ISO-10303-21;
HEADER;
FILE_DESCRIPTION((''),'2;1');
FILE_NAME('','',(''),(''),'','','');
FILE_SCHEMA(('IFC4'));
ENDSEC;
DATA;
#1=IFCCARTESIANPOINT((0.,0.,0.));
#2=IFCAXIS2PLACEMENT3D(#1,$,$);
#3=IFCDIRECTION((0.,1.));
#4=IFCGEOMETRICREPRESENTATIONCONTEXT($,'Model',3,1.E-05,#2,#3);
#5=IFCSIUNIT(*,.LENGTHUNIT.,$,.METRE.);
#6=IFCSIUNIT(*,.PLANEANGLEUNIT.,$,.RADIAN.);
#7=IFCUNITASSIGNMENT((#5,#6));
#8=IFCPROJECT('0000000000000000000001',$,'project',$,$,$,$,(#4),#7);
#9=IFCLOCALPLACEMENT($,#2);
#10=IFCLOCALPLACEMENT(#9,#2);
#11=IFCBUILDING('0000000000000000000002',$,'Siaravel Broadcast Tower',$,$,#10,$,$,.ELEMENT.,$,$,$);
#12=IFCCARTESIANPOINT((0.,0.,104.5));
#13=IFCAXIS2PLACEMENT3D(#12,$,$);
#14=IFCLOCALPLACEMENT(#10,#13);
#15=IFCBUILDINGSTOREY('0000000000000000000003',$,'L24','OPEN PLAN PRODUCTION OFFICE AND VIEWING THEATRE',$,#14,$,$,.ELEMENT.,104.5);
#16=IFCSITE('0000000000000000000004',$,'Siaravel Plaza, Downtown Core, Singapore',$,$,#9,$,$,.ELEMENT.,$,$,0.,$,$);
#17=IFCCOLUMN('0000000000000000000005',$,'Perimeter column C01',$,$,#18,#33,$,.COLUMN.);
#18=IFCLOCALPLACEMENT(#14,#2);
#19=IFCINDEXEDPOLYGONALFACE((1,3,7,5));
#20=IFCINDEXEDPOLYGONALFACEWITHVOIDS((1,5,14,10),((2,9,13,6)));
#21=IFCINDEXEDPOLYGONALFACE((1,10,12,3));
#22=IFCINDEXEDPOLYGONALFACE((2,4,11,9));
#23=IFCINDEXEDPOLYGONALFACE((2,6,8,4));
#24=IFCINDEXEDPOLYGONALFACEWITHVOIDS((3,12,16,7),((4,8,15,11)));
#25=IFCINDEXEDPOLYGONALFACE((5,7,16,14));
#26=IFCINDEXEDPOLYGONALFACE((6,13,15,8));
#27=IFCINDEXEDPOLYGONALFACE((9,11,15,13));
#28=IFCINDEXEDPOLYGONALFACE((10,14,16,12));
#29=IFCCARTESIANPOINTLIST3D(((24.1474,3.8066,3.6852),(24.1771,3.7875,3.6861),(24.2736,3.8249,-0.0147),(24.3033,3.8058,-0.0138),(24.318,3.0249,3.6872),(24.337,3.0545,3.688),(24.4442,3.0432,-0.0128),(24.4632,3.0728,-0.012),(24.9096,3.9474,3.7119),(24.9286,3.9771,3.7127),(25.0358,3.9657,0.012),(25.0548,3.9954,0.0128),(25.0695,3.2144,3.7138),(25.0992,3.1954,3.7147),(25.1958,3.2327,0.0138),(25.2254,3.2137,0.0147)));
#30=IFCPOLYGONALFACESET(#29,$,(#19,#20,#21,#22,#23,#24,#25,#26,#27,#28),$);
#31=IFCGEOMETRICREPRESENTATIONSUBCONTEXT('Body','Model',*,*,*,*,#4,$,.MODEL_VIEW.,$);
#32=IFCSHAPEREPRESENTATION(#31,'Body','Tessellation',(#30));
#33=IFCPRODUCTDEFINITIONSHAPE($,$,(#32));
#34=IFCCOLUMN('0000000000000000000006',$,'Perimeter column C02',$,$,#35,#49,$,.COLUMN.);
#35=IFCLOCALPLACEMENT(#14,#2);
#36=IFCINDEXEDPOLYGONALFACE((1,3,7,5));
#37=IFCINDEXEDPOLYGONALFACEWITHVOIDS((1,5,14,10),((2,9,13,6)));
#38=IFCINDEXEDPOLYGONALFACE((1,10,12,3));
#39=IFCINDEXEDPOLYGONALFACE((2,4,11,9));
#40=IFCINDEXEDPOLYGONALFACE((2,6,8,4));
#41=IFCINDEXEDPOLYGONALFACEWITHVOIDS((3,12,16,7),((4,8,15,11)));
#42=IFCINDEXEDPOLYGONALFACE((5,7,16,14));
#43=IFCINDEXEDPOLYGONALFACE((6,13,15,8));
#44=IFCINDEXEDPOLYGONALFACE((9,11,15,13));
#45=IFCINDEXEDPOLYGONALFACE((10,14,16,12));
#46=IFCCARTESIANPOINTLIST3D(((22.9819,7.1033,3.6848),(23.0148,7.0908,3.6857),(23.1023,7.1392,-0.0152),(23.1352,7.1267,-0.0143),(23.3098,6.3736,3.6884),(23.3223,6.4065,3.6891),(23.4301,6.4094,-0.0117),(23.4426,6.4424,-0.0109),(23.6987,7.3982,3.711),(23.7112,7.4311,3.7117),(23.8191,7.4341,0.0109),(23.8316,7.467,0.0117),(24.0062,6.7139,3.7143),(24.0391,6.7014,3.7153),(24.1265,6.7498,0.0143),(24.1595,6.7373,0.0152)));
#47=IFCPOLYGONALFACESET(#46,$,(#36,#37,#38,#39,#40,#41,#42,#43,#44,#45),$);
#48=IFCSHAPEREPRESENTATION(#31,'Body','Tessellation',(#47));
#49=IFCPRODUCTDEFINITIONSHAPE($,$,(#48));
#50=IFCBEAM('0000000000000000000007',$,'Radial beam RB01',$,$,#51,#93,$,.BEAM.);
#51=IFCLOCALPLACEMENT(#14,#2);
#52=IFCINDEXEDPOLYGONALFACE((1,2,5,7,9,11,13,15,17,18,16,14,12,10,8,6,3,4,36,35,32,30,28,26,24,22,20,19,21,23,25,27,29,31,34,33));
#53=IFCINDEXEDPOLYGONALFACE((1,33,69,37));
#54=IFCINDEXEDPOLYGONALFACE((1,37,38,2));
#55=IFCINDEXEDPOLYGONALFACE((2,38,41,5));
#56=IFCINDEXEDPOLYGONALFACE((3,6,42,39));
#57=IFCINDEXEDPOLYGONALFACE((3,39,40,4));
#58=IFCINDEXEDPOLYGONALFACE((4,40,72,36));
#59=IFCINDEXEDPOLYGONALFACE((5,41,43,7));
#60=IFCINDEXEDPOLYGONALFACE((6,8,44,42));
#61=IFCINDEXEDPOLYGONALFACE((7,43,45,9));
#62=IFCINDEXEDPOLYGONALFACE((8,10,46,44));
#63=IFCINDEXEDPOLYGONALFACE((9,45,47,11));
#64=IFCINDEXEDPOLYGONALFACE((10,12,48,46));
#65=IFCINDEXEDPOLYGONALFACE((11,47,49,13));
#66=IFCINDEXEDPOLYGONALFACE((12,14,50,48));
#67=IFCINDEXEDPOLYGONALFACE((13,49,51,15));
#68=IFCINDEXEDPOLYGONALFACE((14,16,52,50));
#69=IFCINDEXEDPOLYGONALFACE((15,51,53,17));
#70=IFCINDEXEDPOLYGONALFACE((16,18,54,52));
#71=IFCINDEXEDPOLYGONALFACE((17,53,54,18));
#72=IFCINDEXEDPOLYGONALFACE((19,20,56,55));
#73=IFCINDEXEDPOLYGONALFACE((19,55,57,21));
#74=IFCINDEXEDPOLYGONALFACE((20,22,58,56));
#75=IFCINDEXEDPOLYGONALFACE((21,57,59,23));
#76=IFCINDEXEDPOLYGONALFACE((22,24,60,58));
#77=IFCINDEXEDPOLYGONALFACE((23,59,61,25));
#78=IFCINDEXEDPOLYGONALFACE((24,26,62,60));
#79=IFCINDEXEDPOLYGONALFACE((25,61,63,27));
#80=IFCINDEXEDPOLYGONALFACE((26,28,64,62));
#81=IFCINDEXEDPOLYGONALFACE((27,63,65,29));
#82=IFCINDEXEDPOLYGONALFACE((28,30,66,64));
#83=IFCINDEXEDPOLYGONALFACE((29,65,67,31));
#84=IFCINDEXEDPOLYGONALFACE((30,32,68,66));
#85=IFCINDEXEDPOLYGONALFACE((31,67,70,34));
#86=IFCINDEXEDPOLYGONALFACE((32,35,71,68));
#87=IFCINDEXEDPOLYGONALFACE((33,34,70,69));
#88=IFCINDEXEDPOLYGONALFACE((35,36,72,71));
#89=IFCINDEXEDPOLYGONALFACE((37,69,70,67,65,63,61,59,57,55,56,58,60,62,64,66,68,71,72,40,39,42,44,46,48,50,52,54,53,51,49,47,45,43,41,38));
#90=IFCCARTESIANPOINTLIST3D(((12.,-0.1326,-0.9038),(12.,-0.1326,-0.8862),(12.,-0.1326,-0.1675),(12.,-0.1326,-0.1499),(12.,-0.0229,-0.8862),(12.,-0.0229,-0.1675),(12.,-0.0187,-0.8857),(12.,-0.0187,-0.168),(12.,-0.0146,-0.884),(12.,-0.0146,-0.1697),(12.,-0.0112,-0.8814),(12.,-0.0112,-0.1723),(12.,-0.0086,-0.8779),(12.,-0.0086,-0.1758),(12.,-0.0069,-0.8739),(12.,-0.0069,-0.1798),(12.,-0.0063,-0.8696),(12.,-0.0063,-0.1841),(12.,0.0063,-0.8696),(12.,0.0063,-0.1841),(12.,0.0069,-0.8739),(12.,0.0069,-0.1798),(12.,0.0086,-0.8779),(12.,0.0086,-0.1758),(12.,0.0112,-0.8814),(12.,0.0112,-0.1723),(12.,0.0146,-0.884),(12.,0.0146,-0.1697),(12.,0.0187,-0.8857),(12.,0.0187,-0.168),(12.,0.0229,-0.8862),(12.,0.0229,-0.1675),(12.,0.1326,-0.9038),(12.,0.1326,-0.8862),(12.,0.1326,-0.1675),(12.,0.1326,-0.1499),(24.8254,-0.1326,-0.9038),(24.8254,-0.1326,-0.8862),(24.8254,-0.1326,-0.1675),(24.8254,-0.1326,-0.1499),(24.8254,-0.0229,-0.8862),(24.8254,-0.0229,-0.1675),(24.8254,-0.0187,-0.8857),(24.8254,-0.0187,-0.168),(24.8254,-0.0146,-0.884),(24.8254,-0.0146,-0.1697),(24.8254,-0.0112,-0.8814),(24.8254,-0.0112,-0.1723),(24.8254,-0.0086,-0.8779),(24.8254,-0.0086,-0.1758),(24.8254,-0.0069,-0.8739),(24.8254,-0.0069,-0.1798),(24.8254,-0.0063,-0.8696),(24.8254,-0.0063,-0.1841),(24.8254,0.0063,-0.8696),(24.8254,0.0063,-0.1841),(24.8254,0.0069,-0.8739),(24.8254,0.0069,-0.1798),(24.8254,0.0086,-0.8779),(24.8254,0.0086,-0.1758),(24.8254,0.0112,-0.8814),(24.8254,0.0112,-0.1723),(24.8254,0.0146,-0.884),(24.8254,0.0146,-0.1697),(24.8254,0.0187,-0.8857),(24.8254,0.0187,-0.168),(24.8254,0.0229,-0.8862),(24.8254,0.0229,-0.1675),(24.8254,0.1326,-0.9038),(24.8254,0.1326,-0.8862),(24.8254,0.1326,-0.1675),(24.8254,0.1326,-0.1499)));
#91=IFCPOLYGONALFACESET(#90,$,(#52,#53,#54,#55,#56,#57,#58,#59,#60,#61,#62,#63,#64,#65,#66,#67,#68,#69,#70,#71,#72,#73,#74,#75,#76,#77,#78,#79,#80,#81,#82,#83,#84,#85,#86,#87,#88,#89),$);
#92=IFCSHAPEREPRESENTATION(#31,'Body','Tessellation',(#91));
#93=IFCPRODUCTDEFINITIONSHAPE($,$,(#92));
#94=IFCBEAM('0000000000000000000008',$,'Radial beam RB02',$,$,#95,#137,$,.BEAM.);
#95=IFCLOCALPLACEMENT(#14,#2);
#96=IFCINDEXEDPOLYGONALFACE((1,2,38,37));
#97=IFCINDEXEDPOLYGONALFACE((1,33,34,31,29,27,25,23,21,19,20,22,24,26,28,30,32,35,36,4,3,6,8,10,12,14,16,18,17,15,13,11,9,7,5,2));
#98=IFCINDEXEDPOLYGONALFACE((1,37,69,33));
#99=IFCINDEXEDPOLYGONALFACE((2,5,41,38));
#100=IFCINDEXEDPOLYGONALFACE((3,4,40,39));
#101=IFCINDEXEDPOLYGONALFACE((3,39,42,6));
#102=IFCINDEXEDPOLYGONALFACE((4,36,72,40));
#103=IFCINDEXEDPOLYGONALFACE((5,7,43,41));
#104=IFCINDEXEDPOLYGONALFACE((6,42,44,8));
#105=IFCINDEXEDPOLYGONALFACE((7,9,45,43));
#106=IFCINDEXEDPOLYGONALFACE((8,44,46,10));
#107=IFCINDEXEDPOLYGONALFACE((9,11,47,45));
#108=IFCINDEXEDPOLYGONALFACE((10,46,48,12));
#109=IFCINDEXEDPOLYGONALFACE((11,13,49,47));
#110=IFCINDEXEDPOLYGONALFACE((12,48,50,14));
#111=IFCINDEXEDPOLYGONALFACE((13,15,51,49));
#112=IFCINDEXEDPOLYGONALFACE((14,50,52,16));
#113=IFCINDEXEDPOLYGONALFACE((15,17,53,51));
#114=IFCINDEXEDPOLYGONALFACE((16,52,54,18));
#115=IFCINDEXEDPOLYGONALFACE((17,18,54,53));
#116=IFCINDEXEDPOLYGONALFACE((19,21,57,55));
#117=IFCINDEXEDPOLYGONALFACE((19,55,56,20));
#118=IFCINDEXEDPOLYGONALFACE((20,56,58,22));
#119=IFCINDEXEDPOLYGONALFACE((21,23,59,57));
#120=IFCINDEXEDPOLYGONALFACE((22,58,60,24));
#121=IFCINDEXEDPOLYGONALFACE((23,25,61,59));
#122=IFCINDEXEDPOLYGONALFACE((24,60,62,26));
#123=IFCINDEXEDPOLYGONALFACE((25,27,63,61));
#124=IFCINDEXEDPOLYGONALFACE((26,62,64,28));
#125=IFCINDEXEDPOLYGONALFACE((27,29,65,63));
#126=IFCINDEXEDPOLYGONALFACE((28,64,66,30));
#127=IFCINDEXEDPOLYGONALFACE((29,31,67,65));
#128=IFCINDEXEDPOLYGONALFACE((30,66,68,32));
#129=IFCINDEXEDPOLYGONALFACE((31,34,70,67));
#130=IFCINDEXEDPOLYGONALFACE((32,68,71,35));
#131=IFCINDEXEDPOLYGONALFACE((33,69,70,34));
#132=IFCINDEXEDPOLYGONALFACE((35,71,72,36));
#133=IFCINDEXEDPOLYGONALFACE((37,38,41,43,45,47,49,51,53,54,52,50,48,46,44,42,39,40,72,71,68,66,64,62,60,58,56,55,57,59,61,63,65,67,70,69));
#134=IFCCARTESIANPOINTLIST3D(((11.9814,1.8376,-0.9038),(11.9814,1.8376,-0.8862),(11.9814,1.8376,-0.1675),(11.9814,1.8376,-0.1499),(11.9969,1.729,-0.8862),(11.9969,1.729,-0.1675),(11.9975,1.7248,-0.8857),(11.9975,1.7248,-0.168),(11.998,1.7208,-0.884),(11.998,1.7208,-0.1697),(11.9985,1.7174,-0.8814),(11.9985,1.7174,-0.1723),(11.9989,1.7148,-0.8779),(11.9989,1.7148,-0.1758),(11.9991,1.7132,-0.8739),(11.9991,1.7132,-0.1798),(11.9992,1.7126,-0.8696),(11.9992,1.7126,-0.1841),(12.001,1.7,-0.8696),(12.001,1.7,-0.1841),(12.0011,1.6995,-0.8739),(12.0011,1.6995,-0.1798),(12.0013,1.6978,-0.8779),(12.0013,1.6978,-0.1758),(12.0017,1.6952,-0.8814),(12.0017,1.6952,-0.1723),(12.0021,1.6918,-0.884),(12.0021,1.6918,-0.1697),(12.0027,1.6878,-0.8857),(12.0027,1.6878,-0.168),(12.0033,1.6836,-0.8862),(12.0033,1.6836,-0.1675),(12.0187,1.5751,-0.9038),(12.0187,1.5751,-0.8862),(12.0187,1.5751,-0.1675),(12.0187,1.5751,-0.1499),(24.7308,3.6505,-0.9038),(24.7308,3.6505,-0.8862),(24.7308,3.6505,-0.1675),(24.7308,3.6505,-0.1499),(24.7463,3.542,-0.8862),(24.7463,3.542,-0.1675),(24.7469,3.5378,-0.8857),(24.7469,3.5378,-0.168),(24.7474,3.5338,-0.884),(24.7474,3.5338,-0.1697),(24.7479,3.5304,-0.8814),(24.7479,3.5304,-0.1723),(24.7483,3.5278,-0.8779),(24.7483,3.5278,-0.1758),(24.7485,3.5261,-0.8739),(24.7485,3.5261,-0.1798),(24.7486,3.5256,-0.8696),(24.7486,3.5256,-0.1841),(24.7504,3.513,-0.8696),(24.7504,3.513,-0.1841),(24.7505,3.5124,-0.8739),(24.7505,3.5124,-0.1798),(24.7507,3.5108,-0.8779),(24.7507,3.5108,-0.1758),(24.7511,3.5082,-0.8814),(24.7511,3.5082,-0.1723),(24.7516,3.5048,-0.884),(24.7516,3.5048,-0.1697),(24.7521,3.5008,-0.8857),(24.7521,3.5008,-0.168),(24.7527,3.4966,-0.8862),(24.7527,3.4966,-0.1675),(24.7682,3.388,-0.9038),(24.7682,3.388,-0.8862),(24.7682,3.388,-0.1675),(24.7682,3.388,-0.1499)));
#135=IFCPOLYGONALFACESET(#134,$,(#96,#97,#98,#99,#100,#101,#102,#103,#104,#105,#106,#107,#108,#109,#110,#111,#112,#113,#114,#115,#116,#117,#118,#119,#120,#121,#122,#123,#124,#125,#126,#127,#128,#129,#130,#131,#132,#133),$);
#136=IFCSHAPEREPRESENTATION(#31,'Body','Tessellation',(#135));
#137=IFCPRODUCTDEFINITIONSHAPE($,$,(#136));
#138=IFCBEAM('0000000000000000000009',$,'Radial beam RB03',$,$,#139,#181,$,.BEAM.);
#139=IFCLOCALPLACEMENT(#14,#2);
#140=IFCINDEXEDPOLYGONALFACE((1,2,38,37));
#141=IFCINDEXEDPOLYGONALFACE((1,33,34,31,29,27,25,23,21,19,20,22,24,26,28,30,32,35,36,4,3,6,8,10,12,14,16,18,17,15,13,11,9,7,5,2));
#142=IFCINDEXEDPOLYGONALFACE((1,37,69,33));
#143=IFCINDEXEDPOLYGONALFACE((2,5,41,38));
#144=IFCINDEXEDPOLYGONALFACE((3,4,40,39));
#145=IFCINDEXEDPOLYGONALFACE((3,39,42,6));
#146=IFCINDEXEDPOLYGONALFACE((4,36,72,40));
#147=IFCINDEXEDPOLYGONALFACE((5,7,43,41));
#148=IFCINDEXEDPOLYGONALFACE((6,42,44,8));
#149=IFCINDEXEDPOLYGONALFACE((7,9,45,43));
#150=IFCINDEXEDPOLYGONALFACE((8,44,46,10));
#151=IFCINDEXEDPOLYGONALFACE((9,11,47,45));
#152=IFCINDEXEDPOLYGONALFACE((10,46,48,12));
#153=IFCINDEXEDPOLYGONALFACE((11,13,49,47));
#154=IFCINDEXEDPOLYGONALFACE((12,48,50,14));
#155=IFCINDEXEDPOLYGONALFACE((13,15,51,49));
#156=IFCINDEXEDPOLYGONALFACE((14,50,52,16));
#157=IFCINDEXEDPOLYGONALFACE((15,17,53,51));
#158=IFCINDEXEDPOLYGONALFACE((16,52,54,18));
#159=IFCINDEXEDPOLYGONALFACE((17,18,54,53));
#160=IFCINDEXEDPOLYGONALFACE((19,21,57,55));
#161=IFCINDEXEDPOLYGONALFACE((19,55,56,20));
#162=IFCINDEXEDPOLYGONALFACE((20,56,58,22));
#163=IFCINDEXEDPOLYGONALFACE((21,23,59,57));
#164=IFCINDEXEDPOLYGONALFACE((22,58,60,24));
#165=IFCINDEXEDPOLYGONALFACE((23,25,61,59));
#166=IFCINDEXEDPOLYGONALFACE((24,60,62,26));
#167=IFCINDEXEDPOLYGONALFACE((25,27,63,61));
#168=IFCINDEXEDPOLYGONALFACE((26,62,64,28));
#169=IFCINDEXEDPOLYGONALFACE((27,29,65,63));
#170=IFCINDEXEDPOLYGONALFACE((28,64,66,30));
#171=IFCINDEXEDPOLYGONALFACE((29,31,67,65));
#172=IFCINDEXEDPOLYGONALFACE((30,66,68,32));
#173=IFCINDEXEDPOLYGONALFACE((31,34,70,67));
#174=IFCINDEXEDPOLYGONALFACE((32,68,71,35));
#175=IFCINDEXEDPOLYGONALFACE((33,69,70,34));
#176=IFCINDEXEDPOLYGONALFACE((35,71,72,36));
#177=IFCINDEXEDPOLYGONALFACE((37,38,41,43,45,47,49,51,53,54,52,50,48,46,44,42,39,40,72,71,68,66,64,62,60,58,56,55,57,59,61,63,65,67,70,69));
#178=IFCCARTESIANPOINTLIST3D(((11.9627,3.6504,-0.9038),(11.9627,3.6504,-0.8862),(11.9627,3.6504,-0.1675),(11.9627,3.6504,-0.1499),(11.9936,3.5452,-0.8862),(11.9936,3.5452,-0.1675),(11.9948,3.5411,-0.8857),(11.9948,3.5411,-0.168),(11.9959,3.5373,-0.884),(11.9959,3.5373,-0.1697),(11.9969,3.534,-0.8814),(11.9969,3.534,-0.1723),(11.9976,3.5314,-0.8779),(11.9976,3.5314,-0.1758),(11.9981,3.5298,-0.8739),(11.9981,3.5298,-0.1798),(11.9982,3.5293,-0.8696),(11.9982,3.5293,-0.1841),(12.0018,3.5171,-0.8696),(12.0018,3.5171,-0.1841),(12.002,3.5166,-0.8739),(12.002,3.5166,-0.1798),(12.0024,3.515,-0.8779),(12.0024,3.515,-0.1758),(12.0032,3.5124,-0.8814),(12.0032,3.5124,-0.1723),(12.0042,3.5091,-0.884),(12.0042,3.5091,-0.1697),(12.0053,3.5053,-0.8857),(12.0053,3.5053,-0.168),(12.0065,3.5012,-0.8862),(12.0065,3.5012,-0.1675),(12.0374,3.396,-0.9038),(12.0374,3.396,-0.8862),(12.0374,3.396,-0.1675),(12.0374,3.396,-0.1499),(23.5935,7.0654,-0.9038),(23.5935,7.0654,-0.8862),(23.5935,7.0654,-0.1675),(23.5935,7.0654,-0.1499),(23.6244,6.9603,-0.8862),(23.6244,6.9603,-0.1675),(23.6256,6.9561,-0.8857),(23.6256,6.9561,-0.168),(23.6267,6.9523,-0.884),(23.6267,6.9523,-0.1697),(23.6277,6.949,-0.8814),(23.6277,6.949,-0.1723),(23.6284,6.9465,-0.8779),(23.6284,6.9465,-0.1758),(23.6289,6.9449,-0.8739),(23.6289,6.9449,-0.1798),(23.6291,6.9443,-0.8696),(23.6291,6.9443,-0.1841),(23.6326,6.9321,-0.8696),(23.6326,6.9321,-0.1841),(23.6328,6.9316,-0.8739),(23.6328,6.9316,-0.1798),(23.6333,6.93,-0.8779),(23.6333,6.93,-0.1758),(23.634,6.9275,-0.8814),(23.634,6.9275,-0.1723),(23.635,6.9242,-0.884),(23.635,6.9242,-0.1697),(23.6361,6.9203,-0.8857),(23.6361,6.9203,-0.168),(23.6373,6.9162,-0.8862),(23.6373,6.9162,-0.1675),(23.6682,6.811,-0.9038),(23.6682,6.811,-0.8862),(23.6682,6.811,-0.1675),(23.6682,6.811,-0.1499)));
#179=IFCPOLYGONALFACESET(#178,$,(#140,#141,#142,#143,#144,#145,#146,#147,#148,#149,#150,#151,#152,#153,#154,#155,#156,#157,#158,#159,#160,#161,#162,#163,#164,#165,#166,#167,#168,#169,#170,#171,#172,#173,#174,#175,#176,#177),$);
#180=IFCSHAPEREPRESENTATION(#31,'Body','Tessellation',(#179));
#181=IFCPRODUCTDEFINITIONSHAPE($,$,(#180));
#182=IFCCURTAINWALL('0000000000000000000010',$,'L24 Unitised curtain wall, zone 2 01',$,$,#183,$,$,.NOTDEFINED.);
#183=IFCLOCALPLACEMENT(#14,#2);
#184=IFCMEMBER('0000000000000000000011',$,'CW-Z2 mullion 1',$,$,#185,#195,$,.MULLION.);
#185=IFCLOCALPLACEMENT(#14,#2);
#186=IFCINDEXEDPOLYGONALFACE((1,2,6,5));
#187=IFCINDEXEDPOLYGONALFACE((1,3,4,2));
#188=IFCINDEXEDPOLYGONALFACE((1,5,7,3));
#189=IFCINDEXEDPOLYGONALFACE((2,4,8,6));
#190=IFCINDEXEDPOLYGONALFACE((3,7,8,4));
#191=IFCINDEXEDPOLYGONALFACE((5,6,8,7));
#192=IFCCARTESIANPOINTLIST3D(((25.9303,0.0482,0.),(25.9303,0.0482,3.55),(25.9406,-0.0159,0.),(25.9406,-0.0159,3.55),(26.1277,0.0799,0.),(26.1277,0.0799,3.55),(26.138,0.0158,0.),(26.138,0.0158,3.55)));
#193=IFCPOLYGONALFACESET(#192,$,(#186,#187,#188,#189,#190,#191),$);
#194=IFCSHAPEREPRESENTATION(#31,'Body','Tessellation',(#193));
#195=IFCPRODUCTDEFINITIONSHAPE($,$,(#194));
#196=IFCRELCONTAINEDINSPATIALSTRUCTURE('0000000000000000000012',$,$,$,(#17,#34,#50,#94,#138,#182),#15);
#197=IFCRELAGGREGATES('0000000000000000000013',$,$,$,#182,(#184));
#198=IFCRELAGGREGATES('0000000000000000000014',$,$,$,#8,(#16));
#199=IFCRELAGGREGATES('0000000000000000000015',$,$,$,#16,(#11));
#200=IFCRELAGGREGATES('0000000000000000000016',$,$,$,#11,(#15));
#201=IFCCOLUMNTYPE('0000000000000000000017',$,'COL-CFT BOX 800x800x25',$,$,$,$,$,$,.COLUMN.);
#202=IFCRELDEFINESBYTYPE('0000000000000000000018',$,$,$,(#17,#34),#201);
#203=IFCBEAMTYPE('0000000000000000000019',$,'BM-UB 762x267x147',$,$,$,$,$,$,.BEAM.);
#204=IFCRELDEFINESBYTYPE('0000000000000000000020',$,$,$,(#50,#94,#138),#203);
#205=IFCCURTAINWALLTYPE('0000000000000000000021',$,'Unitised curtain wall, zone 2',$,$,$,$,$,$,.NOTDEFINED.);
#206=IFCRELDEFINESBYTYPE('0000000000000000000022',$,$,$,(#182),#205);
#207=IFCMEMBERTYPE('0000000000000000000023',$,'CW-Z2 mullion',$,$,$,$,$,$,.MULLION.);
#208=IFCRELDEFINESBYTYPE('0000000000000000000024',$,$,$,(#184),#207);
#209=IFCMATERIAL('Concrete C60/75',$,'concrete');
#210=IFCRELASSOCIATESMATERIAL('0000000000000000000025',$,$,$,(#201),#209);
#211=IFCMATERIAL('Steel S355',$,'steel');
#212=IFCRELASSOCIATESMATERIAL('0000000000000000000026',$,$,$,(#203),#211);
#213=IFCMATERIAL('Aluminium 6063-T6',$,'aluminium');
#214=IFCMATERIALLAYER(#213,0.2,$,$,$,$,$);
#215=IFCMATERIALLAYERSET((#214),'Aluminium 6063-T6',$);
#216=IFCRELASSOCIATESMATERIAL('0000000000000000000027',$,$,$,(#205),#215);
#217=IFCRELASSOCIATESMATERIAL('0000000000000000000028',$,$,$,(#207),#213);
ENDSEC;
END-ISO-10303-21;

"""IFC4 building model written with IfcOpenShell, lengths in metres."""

from ifc_helpers import new_model, si_unit, direction, frame, origin, origin_2d, place, context, subcontext, project, spatial, rectangle, hollow_rectangle, i_section, extrude, material, layer, layer_set, material_profile, profile_set, type_object, element, aggregate, save


model = new_model("IFC4")

# Units and contexts
model_context = context("Model", 3, precision=1e-05, world=origin(), true_north=direction((0.0, 1.0)))
body_context = subcontext(model_context, "Body", "Model", "MODEL_VIEW")
ifc_project = project(units=[si_unit("LENGTHUNIT", "METRE"), si_unit("PLANEANGLEUNIT", "RADIAN")], contexts=[model_context])

# Site, building, storey
site_placement = place(None, origin())
site = spatial("IfcSite", under=ifc_project, at=site_placement, Name="Siaravel Plaza, Downtown Core, Singapore", CompositionType="ELEMENT", RefElevation=0.0)
building_placement = place(site_placement, origin())
building = spatial("IfcBuilding", under=site, at=building_placement, Name="Siaravel Broadcast Tower", CompositionType="ELEMENT")
storey_placement = place(building_placement, frame((0.0, 0.0, 104.5)))
storey = spatial("IfcBuildingStorey", under=building, at=storey_placement, Name="L24", Description="OPEN PLAN PRODUCTION OFFICE AND VIEWING THEATRE", CompositionType="ELEMENT", Elevation=104.5)

# Columns
ifc_material_1 = material(Name="Concrete C60/75", Category="concrete")
ifc_material_profile_1 = material_profile(ifc_material_1, hollow_rectangle(XDim=0.8, YDim=0.8, WallThickness=0.0249, at=origin_2d()))
ifc_profile_set_1 = profile_set([ifc_material_profile_1], Name="Concrete C60/75")
column_type = type_object("IfcColumnType", Name="COL-CFT BOX 800x800x25", PredefinedType="COLUMN", material=ifc_profile_set_1)
for number, where, z_axis, x_axis, name in (
    (1, (24.7495, 3.5193, 0.0), (-0.034094, -0.004946, 0.999406), (0.213163, -0.977014, 0.002437), "Perimeter column C01"),
    (2, (23.6309, 6.9382, 0.0), (-0.032512, -0.009694, 0.999424), (0.409822, -0.912154, 0.004484), "Perimeter column C02"),
):
    element("IfcColumn", number, at=place(storey_placement, frame(where, z_axis=z_axis, x_axis=x_axis)), inside=storey, type_object=column_type, Name=name, PredefinedType="COLUMN", context=body_context, shape_type="SweptSolid", body=[
        extrude(hollow_rectangle(XDim=0.8, YDim=0.8, WallThickness=0.0249, at=origin_2d()), origin(), (0.0, 0.0, 1.0), 3.7021),
    ])

# Beams
ifc_material_2 = material(Name="Steel S355", Category="steel")
ifc_material_profile_2 = material_profile(ifc_material_2, i_section(OverallWidth=0.2651, OverallDepth=0.7539, WebThickness=0.0127, FlangeThickness=0.0176, FilletRadius=0.0166, at=origin_2d()))
ifc_profile_set_2 = profile_set([ifc_material_profile_2], Name="Steel S355")
beam_type = type_object("IfcBeamType", Name="BM-UB 762x267x147", PredefinedType="BEAM", material=ifc_profile_set_2)
beam_1_placement = place(storey_placement, frame((24.8254, 0.0, -0.5269), z_axis=(-1.0, 0.0, 0.0), x_axis=(0.0, -1.0, 0.0)))
element("IfcBeam", 3, at=beam_1_placement, inside=storey, type_object=beam_type, Name="Radial beam RB01", PredefinedType="BEAM", context=body_context, shape_type="SweptSolid", body=[
    extrude(i_section(OverallWidth=0.2651, OverallDepth=0.7539, WebThickness=0.0127, FlangeThickness=0.0176, FilletRadius=0.0166, at=origin_2d()), origin(), (0.0, 0.0, 1.0), 12.8254),
])
beam_2_placement = place(storey_placement, frame((24.7495, 3.5193, -0.5269), z_axis=(-0.99004, -0.140784, 0.0), x_axis=(0.140784, -0.99004, 0.0)))
element("IfcBeam", 4, at=beam_2_placement, inside=storey, type_object=beam_type, Name="Radial beam RB02", PredefinedType="BEAM", context=body_context, shape_type="SweptSolid", body=[
    extrude(i_section(OverallWidth=0.2651, OverallDepth=0.7539, WebThickness=0.0127, FlangeThickness=0.0176, FilletRadius=0.0166, at=origin_2d()), origin(), (0.0, 0.0, 1.0), 12.8777),
])
beam_3_placement = place(storey_placement, frame((23.6309, 6.9382, -0.5269), z_axis=(-0.959495, -0.281726, 0.0), x_axis=(0.281726, -0.959495, 0.0)))
element("IfcBeam", 5, at=beam_3_placement, inside=storey, type_object=beam_type, Name="Radial beam RB03", PredefinedType="BEAM", context=body_context, shape_type="SweptSolid", body=[
    extrude(i_section(OverallWidth=0.2651, OverallDepth=0.7539, WebThickness=0.0127, FlangeThickness=0.0176, FilletRadius=0.0166, at=origin_2d()), origin(), (0.0, 0.0, 1.0), 12.1218),
])

# Curtain wall, member
ifc_material_3 = material(Name="Aluminium 6063-T6", Category="aluminium")
ifc_layer_1 = layer(ifc_material_3, 0.2)
ifc_layer_set_1 = layer_set([ifc_layer_1], Name="Aluminium 6063-T6")
curtain_wall_type = type_object("IfcCurtainWallType", Name="Unitised curtain wall, zone 2", PredefinedType="NOTDEFINED", material=ifc_layer_set_1)
curtain_wall_placement = place(storey_placement, origin())
curtain_wall = element("IfcCurtainWall", 6, at=curtain_wall_placement, inside=storey, type_object=curtain_wall_type, Name="L24 Unitised curtain wall, zone 2 01", PredefinedType="NOTDEFINED")
ifc_material_profile_3 = material_profile(ifc_material_3, rectangle(XDim=0.2, YDim=0.0649, at=origin_2d()))
ifc_profile_set_3 = profile_set([ifc_material_profile_3], Name="Aluminium 6063-T6")
member_type_1 = type_object("IfcMemberType", Name="CW-Z2 mullion", PredefinedType="MULLION", material=ifc_profile_set_3)
member_1_placement = place(storey_placement, frame((26.0342, 0.032, 0.0), z_axis=(0.0, 0.0, 1.0), x_axis=(-0.987329, -0.158686, 0.0)))
member_1 = element("IfcMember", 7, at=member_1_placement, type_object=member_type_1, Name="CW-Z2 mullion 1", PredefinedType="MULLION", context=body_context, shape_type="SweptSolid", body=[
    extrude(rectangle(XDim=0.2, YDim=0.0649, at=origin_2d()), origin(), (0.0, 0.0, 1.0), 3.55),
])
aggregate(curtain_wall, [member_1])

save(model, "model.ifc")
